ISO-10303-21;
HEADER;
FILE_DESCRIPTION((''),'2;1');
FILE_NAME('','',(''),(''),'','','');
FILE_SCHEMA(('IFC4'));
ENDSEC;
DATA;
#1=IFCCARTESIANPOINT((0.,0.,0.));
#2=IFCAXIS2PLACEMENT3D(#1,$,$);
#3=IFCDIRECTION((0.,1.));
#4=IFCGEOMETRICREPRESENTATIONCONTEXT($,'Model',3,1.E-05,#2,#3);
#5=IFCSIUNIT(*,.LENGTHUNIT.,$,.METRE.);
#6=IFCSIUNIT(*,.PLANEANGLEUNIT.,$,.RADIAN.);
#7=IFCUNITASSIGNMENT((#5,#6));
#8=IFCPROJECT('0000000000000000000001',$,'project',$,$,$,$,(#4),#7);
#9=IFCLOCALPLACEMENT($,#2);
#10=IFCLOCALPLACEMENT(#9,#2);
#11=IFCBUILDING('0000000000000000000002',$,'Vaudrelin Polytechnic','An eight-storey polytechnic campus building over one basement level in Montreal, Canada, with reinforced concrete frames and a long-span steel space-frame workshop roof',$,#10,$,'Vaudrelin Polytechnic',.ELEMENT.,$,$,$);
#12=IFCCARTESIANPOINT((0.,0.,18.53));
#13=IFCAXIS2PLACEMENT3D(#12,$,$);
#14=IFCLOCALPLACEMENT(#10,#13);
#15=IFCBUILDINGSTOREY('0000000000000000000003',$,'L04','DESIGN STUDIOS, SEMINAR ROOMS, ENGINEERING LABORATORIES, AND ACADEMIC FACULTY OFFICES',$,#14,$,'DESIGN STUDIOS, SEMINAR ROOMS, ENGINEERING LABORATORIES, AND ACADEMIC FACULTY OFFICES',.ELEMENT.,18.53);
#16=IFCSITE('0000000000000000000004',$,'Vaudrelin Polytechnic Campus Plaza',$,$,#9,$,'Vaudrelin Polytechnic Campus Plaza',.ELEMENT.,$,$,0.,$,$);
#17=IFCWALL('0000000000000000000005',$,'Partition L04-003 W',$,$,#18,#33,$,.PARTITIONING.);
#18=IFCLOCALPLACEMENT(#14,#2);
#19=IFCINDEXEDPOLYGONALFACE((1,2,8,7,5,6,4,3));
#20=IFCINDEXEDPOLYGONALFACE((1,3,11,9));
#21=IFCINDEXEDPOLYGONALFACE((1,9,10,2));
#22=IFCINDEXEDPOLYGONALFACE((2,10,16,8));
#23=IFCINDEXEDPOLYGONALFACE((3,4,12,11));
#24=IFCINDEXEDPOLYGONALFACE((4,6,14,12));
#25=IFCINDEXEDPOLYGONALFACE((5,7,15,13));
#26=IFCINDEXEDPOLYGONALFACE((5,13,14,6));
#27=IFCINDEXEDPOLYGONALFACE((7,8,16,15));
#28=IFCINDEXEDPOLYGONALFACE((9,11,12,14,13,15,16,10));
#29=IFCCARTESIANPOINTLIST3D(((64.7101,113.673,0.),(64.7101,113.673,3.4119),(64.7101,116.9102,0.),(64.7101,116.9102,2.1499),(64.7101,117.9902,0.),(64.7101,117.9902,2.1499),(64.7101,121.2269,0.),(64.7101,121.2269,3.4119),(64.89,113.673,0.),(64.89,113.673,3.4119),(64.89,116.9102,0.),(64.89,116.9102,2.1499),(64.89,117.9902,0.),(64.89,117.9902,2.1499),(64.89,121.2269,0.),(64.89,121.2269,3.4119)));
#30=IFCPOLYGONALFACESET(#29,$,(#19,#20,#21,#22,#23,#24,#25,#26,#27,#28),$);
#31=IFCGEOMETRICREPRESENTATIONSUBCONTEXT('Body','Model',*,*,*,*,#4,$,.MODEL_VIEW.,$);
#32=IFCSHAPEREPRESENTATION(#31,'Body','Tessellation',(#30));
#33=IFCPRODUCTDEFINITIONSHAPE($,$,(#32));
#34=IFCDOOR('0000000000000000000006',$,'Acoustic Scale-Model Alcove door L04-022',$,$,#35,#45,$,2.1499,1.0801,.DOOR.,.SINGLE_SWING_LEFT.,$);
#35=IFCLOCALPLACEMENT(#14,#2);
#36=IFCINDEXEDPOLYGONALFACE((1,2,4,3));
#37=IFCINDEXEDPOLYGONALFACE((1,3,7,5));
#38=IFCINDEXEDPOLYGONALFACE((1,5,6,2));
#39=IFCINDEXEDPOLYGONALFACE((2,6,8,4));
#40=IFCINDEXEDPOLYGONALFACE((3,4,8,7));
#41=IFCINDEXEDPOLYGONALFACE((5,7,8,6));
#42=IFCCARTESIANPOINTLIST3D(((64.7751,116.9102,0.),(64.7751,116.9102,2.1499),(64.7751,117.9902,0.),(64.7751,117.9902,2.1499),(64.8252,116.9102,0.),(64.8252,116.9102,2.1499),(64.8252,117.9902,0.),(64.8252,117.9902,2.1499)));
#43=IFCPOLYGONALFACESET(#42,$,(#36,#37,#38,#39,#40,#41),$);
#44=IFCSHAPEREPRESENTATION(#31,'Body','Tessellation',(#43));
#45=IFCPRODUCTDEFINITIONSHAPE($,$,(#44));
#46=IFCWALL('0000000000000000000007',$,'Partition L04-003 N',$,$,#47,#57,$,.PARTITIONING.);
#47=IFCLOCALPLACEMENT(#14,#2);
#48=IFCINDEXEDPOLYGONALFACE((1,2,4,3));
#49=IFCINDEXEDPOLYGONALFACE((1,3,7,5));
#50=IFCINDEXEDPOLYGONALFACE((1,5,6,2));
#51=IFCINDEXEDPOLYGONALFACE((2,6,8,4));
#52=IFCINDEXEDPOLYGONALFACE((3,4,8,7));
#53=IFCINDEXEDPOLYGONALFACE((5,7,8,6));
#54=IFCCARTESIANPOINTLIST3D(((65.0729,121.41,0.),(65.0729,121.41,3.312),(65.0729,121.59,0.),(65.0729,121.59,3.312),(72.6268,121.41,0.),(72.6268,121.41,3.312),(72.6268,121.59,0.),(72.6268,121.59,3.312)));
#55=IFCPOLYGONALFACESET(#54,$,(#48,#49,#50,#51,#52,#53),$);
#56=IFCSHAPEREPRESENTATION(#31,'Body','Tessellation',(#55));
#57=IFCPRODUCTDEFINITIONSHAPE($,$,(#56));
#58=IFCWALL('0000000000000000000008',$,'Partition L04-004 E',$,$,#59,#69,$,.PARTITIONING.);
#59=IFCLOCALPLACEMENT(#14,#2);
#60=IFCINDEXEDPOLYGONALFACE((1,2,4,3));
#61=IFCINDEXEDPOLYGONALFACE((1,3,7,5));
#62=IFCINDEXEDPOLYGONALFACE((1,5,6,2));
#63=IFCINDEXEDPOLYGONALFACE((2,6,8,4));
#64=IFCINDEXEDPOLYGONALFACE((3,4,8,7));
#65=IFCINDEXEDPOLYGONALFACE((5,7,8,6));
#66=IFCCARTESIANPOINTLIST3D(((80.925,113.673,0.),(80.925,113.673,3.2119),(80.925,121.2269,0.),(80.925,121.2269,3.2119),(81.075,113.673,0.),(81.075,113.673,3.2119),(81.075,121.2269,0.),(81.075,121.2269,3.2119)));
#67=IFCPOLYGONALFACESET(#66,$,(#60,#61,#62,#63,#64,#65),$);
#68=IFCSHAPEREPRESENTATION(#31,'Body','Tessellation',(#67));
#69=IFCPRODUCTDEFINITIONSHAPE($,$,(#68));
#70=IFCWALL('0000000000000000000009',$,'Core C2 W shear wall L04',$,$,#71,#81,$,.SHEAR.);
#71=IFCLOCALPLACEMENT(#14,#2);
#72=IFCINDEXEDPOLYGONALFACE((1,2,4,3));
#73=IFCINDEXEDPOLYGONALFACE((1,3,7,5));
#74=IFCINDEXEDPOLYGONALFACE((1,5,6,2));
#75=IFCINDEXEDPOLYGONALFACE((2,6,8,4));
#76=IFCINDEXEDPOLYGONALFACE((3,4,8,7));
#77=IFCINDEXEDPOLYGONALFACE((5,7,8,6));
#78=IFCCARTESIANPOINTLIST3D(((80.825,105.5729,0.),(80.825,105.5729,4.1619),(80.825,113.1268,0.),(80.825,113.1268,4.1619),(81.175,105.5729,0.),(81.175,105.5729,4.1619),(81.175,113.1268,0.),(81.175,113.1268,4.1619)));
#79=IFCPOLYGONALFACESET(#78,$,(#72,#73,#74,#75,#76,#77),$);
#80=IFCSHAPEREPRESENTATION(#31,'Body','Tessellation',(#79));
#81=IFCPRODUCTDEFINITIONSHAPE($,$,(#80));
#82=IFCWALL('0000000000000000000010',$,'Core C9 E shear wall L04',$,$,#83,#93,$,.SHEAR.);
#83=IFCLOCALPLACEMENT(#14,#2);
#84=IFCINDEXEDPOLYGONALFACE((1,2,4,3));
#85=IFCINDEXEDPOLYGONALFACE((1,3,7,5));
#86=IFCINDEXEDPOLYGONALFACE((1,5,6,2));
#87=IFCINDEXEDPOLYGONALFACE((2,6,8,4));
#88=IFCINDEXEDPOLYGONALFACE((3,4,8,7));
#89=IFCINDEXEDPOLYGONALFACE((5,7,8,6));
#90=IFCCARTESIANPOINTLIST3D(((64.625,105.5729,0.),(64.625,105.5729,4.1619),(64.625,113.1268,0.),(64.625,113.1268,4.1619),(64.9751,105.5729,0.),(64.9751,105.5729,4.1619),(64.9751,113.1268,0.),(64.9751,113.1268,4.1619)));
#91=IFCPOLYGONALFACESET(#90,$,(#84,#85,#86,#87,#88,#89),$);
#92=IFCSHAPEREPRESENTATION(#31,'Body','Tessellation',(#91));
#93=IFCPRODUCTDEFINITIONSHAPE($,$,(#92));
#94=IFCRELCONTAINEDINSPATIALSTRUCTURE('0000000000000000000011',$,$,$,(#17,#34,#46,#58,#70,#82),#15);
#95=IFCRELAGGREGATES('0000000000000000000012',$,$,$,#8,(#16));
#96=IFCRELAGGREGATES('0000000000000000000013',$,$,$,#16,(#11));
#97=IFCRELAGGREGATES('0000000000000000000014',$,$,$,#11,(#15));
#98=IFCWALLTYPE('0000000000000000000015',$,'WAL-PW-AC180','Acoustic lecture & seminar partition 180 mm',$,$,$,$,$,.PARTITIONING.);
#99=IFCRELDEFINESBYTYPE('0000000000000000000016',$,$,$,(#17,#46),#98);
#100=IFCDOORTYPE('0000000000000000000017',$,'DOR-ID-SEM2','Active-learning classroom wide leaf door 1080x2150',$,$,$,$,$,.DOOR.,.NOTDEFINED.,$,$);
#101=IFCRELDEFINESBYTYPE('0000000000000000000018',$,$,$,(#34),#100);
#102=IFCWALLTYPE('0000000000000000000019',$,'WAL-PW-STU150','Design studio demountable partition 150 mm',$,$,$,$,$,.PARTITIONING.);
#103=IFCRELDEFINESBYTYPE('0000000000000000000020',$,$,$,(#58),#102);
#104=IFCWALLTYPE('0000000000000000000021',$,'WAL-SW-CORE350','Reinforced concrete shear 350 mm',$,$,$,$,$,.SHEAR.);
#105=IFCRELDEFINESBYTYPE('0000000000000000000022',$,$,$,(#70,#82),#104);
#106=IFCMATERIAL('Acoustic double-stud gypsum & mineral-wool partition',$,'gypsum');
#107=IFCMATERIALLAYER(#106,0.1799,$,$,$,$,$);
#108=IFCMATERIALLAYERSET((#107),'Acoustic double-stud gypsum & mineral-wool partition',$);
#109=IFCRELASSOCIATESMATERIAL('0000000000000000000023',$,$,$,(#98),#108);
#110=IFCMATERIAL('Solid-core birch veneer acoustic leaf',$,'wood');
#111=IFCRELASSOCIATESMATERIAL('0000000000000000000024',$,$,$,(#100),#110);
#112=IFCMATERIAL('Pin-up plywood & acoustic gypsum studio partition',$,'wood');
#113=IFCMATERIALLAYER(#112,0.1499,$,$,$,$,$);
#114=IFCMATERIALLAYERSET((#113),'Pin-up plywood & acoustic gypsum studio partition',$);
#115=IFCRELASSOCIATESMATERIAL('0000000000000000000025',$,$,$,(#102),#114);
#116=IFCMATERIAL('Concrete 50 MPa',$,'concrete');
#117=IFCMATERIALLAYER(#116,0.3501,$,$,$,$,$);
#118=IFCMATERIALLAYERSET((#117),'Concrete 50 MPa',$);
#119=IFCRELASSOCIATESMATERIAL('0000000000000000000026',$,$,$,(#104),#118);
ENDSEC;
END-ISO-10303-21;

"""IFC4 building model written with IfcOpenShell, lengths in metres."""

from ifc_helpers import new_model, si_unit, direction, frame, frame_2d, origin, place, context, subcontext, project, spatial, rectangle, extrude, material, layer, layer_set, type_object, element, fill, save


model = new_model("IFC4")

# Units and contexts
model_context = context("Model", 3, precision=1e-05, world=origin(), true_north=direction((0.0, 1.0)))
body_context = subcontext(model_context, "Body", "Model", "MODEL_VIEW")
ifc_project = project(units=[si_unit("LENGTHUNIT", "METRE"), si_unit("PLANEANGLEUNIT", "RADIAN")], contexts=[model_context])

# Site, building, storey
site_placement = place(None, origin())
site = spatial("IfcSite", under=ifc_project, at=site_placement, Name="Vaudrelin Polytechnic Campus Plaza", LongName="Vaudrelin Polytechnic Campus Plaza", CompositionType="ELEMENT", RefElevation=0.0)
building_placement = place(site_placement, origin())
building = spatial("IfcBuilding", under=site, at=building_placement, Name="Vaudrelin Polytechnic", Description="An eight-storey polytechnic campus building over one basement level in Montreal, Canada, with reinforced concrete frames and a long-span steel space-frame workshop roof", LongName="Vaudrelin Polytechnic", CompositionType="ELEMENT")
storey_placement = place(building_placement, frame((0.0, 0.0, 18.53)))
storey = spatial("IfcBuildingStorey", under=building, at=storey_placement, Name="L04", Description="DESIGN STUDIOS, SEMINAR ROOMS, ENGINEERING LABORATORIES, AND ACADEMIC FACULTY OFFICES", LongName="DESIGN STUDIOS, SEMINAR ROOMS, ENGINEERING LABORATORIES, AND ACADEMIC FACULTY OFFICES", CompositionType="ELEMENT", Elevation=18.53)

# Shared definitions
ifc_material_1 = material(Name="Concrete 50 MPa", Category="concrete")

# Shared definitions
ifc_material_2 = material(Name="Acoustic double-stud gypsum & mineral-wool partition", Category="gypsum")
ifc_layer_1 = layer(ifc_material_2, 0.1799)
ifc_layer_set_1 = layer_set([ifc_layer_1], Name="Acoustic double-stud gypsum & mineral-wool partition")
wall_type_1 = type_object("IfcWallType", Name="WAL-PW-AC180", Description="Acoustic lecture & seminar partition 180 mm", PredefinedType="PARTITIONING", material=ifc_layer_set_1)

# Wall, opening, door
wall_1_placement = place(storey_placement, frame((64.8, 113.6731, 0.0), z_axis=(0.0, 0.0, 1.0), x_axis=(0.0, 1.0, 0.0)))
wall_1 = element("IfcWall", 1, at=wall_1_placement, inside=storey, type_object=wall_type_1, Name="Partition L04-003 W", PredefinedType="PARTITIONING", context=body_context, shape_type="SweptSolid", body=[
    extrude(rectangle(XDim=7.554, YDim=0.1799, at=frame_2d((3.7769, 0.0))), origin(), (0.0, 0.0, 1.0), 3.4119),
])
opening_placement = place(wall_1_placement, frame((3.2371, 0.0, 0.0)))
opening = element("IfcOpeningElement", 2, at=opening_placement, cuts=wall_1, PredefinedType="OPENING", context=body_context, shape_type="SweptSolid", body=[
    extrude(rectangle(XDim=1.0801, YDim=2.1499, at=frame_2d((0.54, 1.075))), frame((0.0, 0.1001, 0.0), z_axis=(0.0, -1.0, 0.0), x_axis=(1.0, 0.0, 0.0)), (0.0, 0.0, 1.0), 0.2),
])
ifc_material_3 = material(Name="Solid-core birch veneer acoustic leaf", Category="wood")
door_type = type_object("IfcDoorType", Name="DOR-ID-SEM2", Description="Active-learning classroom wide leaf door 1080x2150", OperationType="NOTDEFINED", PredefinedType="DOOR", material=ifc_material_3)
door_placement = place(opening_placement, origin())
door = element("IfcDoor", 3, at=door_placement, inside=storey, type_object=door_type, Name="Acoustic Scale-Model Alcove door L04-022", OperationType="SINGLE_SWING_LEFT", OverallHeight=2.1499, OverallWidth=1.0801, PredefinedType="DOOR", context=body_context, shape_type="SweptSolid", body=[
    extrude(rectangle(XDim=1.0801, YDim=2.1499, at=frame_2d((0.54, 1.075))), frame((0.0, 0.0249, 0.0), z_axis=(0.0, -1.0, 0.0), x_axis=(1.0, 0.0, 0.0)), (0.0, 0.0, 1.0), 0.05),
])
fill(opening, door)

# Walls
wall_2_placement = place(storey_placement, frame((65.073, 121.5, 0.0), z_axis=(0.0, 0.0, 1.0), x_axis=(1.0, 0.0, 0.0)))
element("IfcWall", 4, at=wall_2_placement, inside=storey, type_object=wall_type_1, Name="Partition L04-003 N", PredefinedType="PARTITIONING", context=body_context, shape_type="SweptSolid", body=[
    extrude(rectangle(XDim=7.554, YDim=0.1799, at=frame_2d((3.7769, 0.0))), origin(), (0.0, 0.0, 1.0), 3.312),
])
ifc_material_4 = material(Name="Pin-up plywood & acoustic gypsum studio partition", Category="wood")
ifc_layer_2 = layer(ifc_material_4, 0.1499)
ifc_layer_set_2 = layer_set([ifc_layer_2], Name="Pin-up plywood & acoustic gypsum studio partition")
wall_type_2 = type_object("IfcWallType", Name="WAL-PW-STU150", Description="Design studio demountable partition 150 mm", PredefinedType="PARTITIONING", material=ifc_layer_set_2)
wall_3_placement = place(storey_placement, frame((81.0, 113.6731, 0.0), z_axis=(0.0, 0.0, 1.0), x_axis=(0.0, 1.0, 0.0)))
element("IfcWall", 5, at=wall_3_placement, inside=storey, type_object=wall_type_2, Name="Partition L04-004 E", PredefinedType="PARTITIONING", context=body_context, shape_type="SweptSolid", body=[
    extrude(rectangle(XDim=7.554, YDim=0.1499, at=frame_2d((3.7769, 0.0))), origin(), (0.0, 0.0, 1.0), 3.2119),
])
ifc_layer_3 = layer(ifc_material_1, 0.3501)
ifc_layer_set_3 = layer_set([ifc_layer_3], Name="Concrete 50 MPa")
wall_type_3 = type_object("IfcWallType", Name="WAL-SW-CORE350", Description="Reinforced concrete shear 350 mm", PredefinedType="SHEAR", material=ifc_layer_set_3)
for number, where, z_axis, x_axis, name in (
    (6, (81.0, 105.573, 0.0), (0.0, 0.0, 1.0), (0.0, 1.0, 0.0), "Core C2 W shear wall L04"),
    (7, (64.8, 105.573, 0.0), (0.0, 0.0, 1.0), (0.0, 1.0, 0.0), "Core C9 E shear wall L04"),
):
    element("IfcWall", number, at=place(storey_placement, frame(where, z_axis=z_axis, x_axis=x_axis)), inside=storey, type_object=wall_type_3, Name=name, PredefinedType="SHEAR", context=body_context, shape_type="SweptSolid", body=[
        extrude(rectangle(XDim=7.554, YDim=0.3501, at=frame_2d((3.7769, 0.0))), origin(), (0.0, 0.0, 1.0), 4.1619),
    ])

save(model, "model.ifc")
